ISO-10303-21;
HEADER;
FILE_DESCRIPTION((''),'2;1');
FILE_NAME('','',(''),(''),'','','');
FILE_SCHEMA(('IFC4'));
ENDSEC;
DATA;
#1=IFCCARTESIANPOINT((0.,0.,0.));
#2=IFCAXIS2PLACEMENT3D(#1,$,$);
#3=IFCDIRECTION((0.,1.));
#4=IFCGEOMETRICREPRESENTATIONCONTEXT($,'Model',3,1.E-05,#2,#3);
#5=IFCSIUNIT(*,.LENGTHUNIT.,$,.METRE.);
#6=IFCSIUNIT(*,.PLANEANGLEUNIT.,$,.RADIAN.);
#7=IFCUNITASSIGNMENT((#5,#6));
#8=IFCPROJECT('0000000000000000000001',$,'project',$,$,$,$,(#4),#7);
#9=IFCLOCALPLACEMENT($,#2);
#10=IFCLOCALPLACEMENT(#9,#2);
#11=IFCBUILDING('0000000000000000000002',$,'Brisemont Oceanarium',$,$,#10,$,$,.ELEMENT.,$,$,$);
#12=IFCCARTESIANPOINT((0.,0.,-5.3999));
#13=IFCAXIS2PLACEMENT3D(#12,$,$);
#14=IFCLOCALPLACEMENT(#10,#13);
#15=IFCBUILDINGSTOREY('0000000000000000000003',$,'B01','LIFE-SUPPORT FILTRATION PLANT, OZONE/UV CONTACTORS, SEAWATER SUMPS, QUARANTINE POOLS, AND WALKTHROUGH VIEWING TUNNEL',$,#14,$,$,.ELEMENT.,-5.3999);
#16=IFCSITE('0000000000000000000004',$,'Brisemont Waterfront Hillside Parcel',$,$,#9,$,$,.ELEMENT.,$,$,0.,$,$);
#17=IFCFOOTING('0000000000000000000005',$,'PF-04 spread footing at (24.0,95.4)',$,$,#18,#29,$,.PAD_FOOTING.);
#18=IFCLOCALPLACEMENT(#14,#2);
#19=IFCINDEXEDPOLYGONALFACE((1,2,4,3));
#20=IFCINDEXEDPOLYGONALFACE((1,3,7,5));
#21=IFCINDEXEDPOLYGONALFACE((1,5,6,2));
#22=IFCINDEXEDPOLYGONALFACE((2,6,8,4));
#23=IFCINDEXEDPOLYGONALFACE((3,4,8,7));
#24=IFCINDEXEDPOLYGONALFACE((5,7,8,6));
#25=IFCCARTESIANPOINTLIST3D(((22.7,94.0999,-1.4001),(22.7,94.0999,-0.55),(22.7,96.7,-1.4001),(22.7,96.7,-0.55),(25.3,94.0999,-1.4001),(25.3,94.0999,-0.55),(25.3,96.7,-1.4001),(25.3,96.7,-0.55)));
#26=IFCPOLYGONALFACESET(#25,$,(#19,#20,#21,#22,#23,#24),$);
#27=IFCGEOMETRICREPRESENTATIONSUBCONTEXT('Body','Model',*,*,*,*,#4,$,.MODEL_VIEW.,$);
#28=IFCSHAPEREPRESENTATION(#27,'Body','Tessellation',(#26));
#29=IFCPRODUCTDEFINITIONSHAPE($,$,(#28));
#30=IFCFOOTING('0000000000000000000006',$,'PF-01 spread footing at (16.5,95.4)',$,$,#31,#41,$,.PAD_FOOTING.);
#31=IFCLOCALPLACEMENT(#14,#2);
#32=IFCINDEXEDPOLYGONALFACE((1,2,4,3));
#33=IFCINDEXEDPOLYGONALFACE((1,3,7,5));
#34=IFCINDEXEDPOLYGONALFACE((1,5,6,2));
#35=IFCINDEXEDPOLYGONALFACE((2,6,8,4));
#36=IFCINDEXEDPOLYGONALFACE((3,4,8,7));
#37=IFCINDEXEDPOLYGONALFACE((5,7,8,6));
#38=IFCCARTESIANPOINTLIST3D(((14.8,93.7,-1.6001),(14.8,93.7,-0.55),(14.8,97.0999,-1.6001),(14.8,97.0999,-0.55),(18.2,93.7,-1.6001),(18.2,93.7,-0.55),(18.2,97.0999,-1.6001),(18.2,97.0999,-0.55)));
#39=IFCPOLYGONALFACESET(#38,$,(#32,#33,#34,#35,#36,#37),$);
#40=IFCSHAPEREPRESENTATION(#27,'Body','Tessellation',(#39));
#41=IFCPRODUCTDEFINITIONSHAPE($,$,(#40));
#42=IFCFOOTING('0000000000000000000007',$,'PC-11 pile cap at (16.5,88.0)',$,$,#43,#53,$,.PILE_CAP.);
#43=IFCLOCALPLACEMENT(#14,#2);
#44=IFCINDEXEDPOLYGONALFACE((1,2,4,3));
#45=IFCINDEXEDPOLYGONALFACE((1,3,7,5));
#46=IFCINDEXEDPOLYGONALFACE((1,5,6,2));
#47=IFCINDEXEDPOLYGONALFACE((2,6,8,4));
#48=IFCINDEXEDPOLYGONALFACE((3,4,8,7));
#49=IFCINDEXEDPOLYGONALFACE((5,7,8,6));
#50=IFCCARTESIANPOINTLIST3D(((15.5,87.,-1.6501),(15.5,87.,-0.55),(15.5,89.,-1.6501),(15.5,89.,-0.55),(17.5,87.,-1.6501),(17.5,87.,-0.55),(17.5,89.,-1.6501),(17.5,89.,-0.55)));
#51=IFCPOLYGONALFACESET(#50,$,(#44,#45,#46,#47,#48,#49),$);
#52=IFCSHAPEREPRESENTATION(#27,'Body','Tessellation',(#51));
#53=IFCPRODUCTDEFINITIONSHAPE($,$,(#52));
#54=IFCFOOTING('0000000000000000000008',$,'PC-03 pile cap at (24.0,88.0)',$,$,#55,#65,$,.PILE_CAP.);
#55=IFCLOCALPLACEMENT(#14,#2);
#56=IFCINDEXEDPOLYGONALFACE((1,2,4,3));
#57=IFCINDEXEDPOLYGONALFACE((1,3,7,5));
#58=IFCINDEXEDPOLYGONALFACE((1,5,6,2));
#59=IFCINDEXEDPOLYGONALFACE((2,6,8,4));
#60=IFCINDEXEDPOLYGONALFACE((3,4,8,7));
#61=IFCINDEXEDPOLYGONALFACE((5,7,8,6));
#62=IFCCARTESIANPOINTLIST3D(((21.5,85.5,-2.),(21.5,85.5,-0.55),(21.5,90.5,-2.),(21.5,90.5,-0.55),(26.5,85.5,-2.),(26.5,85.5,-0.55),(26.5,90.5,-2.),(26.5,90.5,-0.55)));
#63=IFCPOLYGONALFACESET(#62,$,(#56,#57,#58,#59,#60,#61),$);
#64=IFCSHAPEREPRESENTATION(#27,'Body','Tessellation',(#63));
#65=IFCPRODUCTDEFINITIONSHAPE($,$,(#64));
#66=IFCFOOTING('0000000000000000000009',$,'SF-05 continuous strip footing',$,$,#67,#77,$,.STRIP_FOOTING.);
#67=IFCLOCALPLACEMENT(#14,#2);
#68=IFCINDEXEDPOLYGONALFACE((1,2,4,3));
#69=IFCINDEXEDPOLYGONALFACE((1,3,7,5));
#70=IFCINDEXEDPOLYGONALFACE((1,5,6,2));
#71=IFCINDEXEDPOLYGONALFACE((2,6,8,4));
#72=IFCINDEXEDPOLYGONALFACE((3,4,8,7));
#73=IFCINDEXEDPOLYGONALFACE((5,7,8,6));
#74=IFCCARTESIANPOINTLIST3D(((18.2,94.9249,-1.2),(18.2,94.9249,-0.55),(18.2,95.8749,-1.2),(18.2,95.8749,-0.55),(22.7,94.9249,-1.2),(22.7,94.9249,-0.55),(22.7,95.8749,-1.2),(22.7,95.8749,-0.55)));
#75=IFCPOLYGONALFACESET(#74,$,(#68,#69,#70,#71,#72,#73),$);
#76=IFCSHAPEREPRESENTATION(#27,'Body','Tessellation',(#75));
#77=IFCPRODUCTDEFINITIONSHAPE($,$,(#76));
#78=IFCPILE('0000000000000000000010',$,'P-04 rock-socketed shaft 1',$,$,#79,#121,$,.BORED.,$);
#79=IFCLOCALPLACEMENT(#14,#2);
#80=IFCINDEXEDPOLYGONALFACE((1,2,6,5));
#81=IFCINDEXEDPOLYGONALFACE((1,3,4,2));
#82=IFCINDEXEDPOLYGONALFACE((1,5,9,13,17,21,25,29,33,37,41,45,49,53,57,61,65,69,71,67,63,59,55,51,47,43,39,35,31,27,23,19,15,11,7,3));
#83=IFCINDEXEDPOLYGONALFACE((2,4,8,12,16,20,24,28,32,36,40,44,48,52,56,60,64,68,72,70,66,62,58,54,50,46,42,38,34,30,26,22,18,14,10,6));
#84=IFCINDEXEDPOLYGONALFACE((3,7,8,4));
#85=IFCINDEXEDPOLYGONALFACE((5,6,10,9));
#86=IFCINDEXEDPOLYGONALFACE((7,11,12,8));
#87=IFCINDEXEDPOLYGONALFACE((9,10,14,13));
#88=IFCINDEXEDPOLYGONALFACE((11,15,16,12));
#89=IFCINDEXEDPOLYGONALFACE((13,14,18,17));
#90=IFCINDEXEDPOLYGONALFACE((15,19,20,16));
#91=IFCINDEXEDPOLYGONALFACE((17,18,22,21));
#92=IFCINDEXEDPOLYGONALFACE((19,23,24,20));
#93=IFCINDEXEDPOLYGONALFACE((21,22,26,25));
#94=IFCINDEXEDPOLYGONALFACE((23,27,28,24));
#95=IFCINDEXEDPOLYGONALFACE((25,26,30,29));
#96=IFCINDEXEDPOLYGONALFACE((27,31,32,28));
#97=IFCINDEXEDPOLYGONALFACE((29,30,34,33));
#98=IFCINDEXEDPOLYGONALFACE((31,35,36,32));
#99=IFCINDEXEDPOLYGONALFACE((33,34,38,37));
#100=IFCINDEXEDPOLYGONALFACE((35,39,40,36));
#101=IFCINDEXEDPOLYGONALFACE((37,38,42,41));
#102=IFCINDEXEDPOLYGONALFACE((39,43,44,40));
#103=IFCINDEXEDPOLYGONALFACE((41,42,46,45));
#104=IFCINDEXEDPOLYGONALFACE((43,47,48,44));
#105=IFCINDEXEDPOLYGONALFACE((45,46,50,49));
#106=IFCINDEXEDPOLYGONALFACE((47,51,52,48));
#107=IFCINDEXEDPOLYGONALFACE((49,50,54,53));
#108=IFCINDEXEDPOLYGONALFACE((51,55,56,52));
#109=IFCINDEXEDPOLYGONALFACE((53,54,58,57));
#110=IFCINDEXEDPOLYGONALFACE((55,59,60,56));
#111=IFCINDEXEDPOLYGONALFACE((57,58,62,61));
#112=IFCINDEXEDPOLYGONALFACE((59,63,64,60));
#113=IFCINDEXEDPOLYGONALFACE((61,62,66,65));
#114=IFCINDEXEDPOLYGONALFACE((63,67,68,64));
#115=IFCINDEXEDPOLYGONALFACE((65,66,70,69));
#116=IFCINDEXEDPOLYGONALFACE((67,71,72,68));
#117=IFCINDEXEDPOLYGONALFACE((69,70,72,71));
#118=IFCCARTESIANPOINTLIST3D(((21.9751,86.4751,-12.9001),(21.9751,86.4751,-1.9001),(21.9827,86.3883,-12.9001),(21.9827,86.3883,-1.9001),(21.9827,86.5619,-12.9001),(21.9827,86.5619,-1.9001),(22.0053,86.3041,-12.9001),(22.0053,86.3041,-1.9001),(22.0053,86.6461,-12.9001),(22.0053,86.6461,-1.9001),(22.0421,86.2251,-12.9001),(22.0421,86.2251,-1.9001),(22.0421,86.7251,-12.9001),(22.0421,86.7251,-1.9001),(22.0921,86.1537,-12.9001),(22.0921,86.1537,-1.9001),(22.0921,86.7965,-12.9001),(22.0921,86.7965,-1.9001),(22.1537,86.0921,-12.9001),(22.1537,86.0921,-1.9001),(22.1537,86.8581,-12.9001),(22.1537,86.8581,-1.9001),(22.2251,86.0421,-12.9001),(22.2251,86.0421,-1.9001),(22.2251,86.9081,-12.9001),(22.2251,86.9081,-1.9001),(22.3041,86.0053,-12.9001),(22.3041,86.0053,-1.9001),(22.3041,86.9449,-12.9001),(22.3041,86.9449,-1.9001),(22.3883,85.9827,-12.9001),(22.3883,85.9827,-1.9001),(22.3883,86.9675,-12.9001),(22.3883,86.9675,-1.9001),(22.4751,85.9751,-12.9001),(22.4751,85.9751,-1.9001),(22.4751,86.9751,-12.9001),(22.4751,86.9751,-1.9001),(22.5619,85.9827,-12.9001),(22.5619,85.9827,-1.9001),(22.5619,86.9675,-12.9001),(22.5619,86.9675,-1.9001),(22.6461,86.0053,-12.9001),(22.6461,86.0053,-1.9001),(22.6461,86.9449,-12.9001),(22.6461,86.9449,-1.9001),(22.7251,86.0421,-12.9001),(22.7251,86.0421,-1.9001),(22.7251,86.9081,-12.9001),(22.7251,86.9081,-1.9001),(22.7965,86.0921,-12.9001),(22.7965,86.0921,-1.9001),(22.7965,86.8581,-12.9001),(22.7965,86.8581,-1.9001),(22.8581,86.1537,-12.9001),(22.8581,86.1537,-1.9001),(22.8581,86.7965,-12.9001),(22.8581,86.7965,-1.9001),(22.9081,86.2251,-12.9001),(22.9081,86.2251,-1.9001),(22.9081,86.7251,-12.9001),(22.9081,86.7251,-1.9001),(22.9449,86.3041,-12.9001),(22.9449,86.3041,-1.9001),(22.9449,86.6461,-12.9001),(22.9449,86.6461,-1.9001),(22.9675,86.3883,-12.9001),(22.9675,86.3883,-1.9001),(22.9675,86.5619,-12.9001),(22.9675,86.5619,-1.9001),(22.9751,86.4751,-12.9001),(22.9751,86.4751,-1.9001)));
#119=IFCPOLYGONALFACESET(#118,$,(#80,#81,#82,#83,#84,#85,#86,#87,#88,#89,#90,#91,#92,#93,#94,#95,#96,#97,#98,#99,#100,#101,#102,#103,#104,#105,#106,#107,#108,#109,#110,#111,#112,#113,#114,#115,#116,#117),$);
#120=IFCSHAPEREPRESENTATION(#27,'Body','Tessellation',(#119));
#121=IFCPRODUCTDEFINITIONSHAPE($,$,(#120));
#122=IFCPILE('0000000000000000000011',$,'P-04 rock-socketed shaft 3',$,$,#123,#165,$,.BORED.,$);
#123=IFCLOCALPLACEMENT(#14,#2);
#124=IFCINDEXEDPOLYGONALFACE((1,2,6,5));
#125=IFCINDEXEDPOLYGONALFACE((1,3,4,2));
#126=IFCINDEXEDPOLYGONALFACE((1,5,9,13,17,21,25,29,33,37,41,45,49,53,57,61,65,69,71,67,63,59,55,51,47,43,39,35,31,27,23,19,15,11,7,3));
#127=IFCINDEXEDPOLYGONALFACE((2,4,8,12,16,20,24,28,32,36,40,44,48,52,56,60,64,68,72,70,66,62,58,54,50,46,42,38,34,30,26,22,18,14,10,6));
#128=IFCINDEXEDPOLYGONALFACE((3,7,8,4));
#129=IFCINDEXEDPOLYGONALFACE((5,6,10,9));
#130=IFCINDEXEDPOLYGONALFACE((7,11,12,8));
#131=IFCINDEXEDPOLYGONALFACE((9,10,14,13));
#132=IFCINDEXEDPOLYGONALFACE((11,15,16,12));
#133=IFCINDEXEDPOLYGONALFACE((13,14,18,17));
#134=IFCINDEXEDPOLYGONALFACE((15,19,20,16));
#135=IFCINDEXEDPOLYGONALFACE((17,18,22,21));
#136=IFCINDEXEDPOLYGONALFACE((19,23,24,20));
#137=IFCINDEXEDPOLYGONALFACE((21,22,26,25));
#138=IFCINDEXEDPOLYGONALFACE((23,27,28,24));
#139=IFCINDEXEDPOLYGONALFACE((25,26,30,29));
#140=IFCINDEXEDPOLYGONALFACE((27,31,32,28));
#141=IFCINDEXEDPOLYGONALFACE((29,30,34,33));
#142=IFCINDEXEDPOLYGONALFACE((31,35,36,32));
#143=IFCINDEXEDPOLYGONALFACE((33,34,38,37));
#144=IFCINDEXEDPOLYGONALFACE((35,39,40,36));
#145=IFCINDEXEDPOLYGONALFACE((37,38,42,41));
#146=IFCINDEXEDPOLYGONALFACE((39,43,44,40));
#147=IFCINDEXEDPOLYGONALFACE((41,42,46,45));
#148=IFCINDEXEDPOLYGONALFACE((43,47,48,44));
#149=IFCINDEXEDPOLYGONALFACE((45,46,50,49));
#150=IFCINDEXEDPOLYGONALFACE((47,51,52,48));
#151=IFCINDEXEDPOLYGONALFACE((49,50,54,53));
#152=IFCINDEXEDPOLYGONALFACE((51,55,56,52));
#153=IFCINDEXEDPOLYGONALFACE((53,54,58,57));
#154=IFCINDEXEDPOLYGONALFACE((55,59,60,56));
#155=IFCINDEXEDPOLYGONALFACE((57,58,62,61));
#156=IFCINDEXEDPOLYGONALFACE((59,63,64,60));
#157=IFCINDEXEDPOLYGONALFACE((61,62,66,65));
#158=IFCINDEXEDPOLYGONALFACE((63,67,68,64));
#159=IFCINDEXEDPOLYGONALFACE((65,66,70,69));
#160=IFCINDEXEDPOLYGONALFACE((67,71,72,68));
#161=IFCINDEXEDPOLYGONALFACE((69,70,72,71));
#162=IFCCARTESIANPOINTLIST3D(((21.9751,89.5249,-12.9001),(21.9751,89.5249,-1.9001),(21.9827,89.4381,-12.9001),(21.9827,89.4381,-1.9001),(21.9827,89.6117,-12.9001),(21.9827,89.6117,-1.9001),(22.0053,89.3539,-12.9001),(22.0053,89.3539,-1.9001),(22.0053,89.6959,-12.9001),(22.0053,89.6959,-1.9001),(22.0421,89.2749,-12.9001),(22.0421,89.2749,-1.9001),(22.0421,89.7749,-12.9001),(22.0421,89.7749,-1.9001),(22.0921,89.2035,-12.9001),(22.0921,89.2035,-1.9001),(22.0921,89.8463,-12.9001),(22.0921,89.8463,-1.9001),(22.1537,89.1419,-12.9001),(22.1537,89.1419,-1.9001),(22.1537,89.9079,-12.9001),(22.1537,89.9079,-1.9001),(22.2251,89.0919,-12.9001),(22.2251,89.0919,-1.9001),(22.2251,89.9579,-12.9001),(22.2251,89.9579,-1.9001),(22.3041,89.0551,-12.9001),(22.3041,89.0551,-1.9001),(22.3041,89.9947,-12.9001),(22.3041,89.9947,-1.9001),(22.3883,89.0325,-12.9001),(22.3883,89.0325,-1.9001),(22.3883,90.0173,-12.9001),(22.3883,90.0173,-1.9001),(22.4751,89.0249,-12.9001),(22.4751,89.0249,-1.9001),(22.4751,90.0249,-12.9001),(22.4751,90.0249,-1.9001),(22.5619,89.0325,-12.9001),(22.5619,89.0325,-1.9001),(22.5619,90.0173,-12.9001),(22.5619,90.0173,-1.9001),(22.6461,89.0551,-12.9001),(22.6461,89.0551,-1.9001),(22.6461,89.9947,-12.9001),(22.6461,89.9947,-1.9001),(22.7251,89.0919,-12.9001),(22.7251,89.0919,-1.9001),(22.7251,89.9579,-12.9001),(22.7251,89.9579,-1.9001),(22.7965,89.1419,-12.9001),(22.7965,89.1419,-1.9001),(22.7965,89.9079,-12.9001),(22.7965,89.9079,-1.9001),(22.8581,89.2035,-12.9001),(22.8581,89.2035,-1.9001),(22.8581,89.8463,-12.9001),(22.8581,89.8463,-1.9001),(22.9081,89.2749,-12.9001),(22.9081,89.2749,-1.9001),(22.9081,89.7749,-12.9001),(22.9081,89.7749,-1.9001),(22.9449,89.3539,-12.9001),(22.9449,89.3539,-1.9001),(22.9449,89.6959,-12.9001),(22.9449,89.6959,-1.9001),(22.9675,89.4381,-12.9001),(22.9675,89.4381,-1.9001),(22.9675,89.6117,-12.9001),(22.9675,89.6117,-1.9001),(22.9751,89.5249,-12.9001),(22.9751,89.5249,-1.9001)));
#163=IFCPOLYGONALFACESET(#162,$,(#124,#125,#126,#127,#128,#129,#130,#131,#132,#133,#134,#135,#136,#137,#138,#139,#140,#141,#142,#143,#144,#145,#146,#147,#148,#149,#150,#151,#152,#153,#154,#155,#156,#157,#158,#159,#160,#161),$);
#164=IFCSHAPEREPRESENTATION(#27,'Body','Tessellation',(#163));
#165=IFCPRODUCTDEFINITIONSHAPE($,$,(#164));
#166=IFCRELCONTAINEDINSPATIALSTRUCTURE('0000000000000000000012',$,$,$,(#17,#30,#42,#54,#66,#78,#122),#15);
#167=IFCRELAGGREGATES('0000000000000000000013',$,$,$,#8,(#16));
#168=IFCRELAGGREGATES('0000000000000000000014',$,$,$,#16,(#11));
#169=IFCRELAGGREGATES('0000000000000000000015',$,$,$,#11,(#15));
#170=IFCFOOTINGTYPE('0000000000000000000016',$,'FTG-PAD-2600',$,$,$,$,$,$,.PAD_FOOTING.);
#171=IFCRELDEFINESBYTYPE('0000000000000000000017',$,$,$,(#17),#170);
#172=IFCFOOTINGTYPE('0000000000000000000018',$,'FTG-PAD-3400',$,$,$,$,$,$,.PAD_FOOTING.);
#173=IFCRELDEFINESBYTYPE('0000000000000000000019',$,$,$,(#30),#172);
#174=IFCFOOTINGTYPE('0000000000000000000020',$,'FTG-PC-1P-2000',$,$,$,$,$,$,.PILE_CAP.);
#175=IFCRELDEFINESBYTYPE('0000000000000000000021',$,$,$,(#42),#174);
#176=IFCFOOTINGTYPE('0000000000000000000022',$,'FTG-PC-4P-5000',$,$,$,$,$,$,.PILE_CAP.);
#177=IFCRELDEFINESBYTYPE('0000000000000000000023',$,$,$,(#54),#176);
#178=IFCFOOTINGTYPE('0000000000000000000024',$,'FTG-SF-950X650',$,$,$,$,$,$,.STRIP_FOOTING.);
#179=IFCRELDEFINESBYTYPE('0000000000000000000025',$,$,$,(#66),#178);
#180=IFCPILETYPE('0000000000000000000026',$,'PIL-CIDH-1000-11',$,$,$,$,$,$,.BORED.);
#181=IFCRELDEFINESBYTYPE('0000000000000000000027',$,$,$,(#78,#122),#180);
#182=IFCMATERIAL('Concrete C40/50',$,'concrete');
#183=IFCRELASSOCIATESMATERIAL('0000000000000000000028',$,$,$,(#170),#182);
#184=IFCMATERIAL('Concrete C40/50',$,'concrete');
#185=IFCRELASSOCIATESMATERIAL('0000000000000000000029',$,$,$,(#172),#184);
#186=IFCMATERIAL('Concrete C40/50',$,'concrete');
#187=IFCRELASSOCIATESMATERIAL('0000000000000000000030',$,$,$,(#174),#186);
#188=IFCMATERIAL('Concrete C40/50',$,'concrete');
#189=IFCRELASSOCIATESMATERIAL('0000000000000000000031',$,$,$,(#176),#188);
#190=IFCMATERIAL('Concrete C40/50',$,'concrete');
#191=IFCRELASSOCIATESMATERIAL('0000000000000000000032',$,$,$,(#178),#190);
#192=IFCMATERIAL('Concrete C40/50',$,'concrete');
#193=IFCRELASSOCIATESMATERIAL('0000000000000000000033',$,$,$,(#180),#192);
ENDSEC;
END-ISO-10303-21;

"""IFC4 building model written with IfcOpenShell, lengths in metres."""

from ifc_helpers import new_model, si_unit, direction, frame, origin, origin_2d, place, context, subcontext, project, spatial, rectangle, circle, extrude, material, material_profile, profile_set, type_object, element, save


model = new_model("IFC4")

# Units and contexts
model_context = context("Model", 3, precision=1e-05, world=origin(), true_north=direction((0.0, 1.0)))
body_context = subcontext(model_context, "Body", "Model", "MODEL_VIEW")
ifc_project = project(units=[si_unit("LENGTHUNIT", "METRE"), si_unit("PLANEANGLEUNIT", "RADIAN")], contexts=[model_context])

# Site, building, storey
site_placement = place(None, origin())
site = spatial("IfcSite", under=ifc_project, at=site_placement, Name="Brisemont Waterfront Hillside Parcel", CompositionType="ELEMENT", RefElevation=0.0)
building_placement = place(site_placement, origin())
building = spatial("IfcBuilding", under=site, at=building_placement, Name="Brisemont Oceanarium", CompositionType="ELEMENT")
storey_placement = place(building_placement, frame((0.0, 0.0, -5.3999)))
storey = spatial("IfcBuildingStorey", under=building, at=storey_placement, Name="B01", Description="LIFE-SUPPORT FILTRATION PLANT, OZONE/UV CONTACTORS, SEAWATER SUMPS, QUARANTINE POOLS, AND WALKTHROUGH VIEWING TUNNEL", CompositionType="ELEMENT", Elevation=-5.3999)

# Footings
ifc_material_1 = material(Name="Concrete C40/50", Category="concrete")
footing_type_1 = type_object("IfcFootingType", Name="FTG-PAD-2600", PredefinedType="PAD_FOOTING", material=ifc_material_1)
footing_1_placement = place(storey_placement, frame((24.0, 95.3999, -1.4001), z_axis=(0.0, 0.0, 1.0), x_axis=(1.0, 0.0, 0.0)))
element("IfcFooting", 1, at=footing_1_placement, inside=storey, type_object=footing_type_1, Name="PF-04 spread footing at (24.0,95.4)", PredefinedType="PAD_FOOTING", context=body_context, shape_type="SweptSolid", body=[
    extrude(rectangle(XDim=2.6001, YDim=2.6001, at=origin_2d()), origin(), (0.0, 0.0, 1.0), 0.8501),
])
ifc_material_2 = material(Name="Concrete C40/50", Category="concrete")
footing_type_2 = type_object("IfcFootingType", Name="FTG-PAD-3400", PredefinedType="PAD_FOOTING", material=ifc_material_2)
footing_2_placement = place(storey_placement, frame((16.5, 95.3999, -1.6001), z_axis=(0.0, 0.0, 1.0), x_axis=(1.0, 0.0, 0.0)))
element("IfcFooting", 2, at=footing_2_placement, inside=storey, type_object=footing_type_2, Name="PF-01 spread footing at (16.5,95.4)", PredefinedType="PAD_FOOTING", context=body_context, shape_type="SweptSolid", body=[
    extrude(rectangle(XDim=3.3999, YDim=3.3999, at=origin_2d()), origin(), (0.0, 0.0, 1.0), 1.05),
])
ifc_material_3 = material(Name="Concrete C40/50", Category="concrete")
footing_type_3 = type_object("IfcFootingType", Name="FTG-PC-1P-2000", PredefinedType="PILE_CAP", material=ifc_material_3)
footing_3_placement = place(storey_placement, frame((16.5, 88.0, -1.6501), z_axis=(0.0, 0.0, 1.0), x_axis=(1.0, 0.0, 0.0)))
element("IfcFooting", 3, at=footing_3_placement, inside=storey, type_object=footing_type_3, Name="PC-11 pile cap at (16.5,88.0)", PredefinedType="PILE_CAP", context=body_context, shape_type="SweptSolid", body=[
    extrude(rectangle(XDim=2.0, YDim=2.0, at=origin_2d()), origin(), (0.0, 0.0, 1.0), 1.1001),
])
ifc_material_4 = material(Name="Concrete C40/50", Category="concrete")
footing_type_4 = type_object("IfcFootingType", Name="FTG-PC-4P-5000", PredefinedType="PILE_CAP", material=ifc_material_4)
footing_4_placement = place(storey_placement, frame((24.0, 88.0, -2.0), z_axis=(0.0, 0.0, 1.0), x_axis=(1.0, 0.0, 0.0)))
element("IfcFooting", 4, at=footing_4_placement, inside=storey, type_object=footing_type_4, Name="PC-03 pile cap at (24.0,88.0)", PredefinedType="PILE_CAP", context=body_context, shape_type="SweptSolid", body=[
    extrude(rectangle(XDim=5.0, YDim=5.0, at=origin_2d()), origin(), (0.0, 0.0, 1.0), 1.45),
])
ifc_material_5 = material(Name="Concrete C40/50", Category="concrete")
footing_type_5 = type_object("IfcFootingType", Name="FTG-SF-950X650", PredefinedType="STRIP_FOOTING", material=ifc_material_5)
footing_5_placement = place(storey_placement, frame((20.45, 95.3999, -1.2), z_axis=(0.0, 0.0, 1.0), x_axis=(1.0, 0.0, 0.0)))
element("IfcFooting", 5, at=footing_5_placement, inside=storey, type_object=footing_type_5, Name="SF-05 continuous strip footing", PredefinedType="STRIP_FOOTING", context=body_context, shape_type="SweptSolid", body=[
    extrude(rectangle(XDim=4.5, YDim=0.95, at=origin_2d()), origin(), (0.0, 0.0, 1.0), 0.6499),
])

# Piles
ifc_material_6 = material(Name="Concrete C40/50", Category="concrete")
ifc_material_profile_1 = material_profile(ifc_material_6, circle(Radius=0.5, at=origin_2d()), Name="CIDH-D1000")
ifc_profile_set_1 = profile_set([ifc_material_profile_1], Name="Concrete C40/50")
pile_type_1 = type_object("IfcPileType", Name="PIL-CIDH-1000-11", PredefinedType="BORED", material=ifc_profile_set_1)
for number, where, z_axis, x_axis, name in (
    (6, (22.4751, 86.4751, -1.9001), (0.0, 0.0, -1.0), (1.0, 0.0, 0.0), "P-04 rock-socketed shaft 1"),
    (7, (22.4751, 89.5249, -1.9001), (0.0, 0.0, -1.0), (1.0, 0.0, 0.0), "P-04 rock-socketed shaft 3"),
):
    element("IfcPile", number, at=place(storey_placement, frame(where, z_axis=z_axis, x_axis=x_axis)), inside=storey, type_object=pile_type_1, Name=name, PredefinedType="BORED", context=body_context, shape_type="SweptSolid", body=[
        extrude(circle(Radius=0.5, at=origin_2d()), origin(), (0.0, 0.0, 1.0), 11.0),
    ])

save(model, "model.ifc")
